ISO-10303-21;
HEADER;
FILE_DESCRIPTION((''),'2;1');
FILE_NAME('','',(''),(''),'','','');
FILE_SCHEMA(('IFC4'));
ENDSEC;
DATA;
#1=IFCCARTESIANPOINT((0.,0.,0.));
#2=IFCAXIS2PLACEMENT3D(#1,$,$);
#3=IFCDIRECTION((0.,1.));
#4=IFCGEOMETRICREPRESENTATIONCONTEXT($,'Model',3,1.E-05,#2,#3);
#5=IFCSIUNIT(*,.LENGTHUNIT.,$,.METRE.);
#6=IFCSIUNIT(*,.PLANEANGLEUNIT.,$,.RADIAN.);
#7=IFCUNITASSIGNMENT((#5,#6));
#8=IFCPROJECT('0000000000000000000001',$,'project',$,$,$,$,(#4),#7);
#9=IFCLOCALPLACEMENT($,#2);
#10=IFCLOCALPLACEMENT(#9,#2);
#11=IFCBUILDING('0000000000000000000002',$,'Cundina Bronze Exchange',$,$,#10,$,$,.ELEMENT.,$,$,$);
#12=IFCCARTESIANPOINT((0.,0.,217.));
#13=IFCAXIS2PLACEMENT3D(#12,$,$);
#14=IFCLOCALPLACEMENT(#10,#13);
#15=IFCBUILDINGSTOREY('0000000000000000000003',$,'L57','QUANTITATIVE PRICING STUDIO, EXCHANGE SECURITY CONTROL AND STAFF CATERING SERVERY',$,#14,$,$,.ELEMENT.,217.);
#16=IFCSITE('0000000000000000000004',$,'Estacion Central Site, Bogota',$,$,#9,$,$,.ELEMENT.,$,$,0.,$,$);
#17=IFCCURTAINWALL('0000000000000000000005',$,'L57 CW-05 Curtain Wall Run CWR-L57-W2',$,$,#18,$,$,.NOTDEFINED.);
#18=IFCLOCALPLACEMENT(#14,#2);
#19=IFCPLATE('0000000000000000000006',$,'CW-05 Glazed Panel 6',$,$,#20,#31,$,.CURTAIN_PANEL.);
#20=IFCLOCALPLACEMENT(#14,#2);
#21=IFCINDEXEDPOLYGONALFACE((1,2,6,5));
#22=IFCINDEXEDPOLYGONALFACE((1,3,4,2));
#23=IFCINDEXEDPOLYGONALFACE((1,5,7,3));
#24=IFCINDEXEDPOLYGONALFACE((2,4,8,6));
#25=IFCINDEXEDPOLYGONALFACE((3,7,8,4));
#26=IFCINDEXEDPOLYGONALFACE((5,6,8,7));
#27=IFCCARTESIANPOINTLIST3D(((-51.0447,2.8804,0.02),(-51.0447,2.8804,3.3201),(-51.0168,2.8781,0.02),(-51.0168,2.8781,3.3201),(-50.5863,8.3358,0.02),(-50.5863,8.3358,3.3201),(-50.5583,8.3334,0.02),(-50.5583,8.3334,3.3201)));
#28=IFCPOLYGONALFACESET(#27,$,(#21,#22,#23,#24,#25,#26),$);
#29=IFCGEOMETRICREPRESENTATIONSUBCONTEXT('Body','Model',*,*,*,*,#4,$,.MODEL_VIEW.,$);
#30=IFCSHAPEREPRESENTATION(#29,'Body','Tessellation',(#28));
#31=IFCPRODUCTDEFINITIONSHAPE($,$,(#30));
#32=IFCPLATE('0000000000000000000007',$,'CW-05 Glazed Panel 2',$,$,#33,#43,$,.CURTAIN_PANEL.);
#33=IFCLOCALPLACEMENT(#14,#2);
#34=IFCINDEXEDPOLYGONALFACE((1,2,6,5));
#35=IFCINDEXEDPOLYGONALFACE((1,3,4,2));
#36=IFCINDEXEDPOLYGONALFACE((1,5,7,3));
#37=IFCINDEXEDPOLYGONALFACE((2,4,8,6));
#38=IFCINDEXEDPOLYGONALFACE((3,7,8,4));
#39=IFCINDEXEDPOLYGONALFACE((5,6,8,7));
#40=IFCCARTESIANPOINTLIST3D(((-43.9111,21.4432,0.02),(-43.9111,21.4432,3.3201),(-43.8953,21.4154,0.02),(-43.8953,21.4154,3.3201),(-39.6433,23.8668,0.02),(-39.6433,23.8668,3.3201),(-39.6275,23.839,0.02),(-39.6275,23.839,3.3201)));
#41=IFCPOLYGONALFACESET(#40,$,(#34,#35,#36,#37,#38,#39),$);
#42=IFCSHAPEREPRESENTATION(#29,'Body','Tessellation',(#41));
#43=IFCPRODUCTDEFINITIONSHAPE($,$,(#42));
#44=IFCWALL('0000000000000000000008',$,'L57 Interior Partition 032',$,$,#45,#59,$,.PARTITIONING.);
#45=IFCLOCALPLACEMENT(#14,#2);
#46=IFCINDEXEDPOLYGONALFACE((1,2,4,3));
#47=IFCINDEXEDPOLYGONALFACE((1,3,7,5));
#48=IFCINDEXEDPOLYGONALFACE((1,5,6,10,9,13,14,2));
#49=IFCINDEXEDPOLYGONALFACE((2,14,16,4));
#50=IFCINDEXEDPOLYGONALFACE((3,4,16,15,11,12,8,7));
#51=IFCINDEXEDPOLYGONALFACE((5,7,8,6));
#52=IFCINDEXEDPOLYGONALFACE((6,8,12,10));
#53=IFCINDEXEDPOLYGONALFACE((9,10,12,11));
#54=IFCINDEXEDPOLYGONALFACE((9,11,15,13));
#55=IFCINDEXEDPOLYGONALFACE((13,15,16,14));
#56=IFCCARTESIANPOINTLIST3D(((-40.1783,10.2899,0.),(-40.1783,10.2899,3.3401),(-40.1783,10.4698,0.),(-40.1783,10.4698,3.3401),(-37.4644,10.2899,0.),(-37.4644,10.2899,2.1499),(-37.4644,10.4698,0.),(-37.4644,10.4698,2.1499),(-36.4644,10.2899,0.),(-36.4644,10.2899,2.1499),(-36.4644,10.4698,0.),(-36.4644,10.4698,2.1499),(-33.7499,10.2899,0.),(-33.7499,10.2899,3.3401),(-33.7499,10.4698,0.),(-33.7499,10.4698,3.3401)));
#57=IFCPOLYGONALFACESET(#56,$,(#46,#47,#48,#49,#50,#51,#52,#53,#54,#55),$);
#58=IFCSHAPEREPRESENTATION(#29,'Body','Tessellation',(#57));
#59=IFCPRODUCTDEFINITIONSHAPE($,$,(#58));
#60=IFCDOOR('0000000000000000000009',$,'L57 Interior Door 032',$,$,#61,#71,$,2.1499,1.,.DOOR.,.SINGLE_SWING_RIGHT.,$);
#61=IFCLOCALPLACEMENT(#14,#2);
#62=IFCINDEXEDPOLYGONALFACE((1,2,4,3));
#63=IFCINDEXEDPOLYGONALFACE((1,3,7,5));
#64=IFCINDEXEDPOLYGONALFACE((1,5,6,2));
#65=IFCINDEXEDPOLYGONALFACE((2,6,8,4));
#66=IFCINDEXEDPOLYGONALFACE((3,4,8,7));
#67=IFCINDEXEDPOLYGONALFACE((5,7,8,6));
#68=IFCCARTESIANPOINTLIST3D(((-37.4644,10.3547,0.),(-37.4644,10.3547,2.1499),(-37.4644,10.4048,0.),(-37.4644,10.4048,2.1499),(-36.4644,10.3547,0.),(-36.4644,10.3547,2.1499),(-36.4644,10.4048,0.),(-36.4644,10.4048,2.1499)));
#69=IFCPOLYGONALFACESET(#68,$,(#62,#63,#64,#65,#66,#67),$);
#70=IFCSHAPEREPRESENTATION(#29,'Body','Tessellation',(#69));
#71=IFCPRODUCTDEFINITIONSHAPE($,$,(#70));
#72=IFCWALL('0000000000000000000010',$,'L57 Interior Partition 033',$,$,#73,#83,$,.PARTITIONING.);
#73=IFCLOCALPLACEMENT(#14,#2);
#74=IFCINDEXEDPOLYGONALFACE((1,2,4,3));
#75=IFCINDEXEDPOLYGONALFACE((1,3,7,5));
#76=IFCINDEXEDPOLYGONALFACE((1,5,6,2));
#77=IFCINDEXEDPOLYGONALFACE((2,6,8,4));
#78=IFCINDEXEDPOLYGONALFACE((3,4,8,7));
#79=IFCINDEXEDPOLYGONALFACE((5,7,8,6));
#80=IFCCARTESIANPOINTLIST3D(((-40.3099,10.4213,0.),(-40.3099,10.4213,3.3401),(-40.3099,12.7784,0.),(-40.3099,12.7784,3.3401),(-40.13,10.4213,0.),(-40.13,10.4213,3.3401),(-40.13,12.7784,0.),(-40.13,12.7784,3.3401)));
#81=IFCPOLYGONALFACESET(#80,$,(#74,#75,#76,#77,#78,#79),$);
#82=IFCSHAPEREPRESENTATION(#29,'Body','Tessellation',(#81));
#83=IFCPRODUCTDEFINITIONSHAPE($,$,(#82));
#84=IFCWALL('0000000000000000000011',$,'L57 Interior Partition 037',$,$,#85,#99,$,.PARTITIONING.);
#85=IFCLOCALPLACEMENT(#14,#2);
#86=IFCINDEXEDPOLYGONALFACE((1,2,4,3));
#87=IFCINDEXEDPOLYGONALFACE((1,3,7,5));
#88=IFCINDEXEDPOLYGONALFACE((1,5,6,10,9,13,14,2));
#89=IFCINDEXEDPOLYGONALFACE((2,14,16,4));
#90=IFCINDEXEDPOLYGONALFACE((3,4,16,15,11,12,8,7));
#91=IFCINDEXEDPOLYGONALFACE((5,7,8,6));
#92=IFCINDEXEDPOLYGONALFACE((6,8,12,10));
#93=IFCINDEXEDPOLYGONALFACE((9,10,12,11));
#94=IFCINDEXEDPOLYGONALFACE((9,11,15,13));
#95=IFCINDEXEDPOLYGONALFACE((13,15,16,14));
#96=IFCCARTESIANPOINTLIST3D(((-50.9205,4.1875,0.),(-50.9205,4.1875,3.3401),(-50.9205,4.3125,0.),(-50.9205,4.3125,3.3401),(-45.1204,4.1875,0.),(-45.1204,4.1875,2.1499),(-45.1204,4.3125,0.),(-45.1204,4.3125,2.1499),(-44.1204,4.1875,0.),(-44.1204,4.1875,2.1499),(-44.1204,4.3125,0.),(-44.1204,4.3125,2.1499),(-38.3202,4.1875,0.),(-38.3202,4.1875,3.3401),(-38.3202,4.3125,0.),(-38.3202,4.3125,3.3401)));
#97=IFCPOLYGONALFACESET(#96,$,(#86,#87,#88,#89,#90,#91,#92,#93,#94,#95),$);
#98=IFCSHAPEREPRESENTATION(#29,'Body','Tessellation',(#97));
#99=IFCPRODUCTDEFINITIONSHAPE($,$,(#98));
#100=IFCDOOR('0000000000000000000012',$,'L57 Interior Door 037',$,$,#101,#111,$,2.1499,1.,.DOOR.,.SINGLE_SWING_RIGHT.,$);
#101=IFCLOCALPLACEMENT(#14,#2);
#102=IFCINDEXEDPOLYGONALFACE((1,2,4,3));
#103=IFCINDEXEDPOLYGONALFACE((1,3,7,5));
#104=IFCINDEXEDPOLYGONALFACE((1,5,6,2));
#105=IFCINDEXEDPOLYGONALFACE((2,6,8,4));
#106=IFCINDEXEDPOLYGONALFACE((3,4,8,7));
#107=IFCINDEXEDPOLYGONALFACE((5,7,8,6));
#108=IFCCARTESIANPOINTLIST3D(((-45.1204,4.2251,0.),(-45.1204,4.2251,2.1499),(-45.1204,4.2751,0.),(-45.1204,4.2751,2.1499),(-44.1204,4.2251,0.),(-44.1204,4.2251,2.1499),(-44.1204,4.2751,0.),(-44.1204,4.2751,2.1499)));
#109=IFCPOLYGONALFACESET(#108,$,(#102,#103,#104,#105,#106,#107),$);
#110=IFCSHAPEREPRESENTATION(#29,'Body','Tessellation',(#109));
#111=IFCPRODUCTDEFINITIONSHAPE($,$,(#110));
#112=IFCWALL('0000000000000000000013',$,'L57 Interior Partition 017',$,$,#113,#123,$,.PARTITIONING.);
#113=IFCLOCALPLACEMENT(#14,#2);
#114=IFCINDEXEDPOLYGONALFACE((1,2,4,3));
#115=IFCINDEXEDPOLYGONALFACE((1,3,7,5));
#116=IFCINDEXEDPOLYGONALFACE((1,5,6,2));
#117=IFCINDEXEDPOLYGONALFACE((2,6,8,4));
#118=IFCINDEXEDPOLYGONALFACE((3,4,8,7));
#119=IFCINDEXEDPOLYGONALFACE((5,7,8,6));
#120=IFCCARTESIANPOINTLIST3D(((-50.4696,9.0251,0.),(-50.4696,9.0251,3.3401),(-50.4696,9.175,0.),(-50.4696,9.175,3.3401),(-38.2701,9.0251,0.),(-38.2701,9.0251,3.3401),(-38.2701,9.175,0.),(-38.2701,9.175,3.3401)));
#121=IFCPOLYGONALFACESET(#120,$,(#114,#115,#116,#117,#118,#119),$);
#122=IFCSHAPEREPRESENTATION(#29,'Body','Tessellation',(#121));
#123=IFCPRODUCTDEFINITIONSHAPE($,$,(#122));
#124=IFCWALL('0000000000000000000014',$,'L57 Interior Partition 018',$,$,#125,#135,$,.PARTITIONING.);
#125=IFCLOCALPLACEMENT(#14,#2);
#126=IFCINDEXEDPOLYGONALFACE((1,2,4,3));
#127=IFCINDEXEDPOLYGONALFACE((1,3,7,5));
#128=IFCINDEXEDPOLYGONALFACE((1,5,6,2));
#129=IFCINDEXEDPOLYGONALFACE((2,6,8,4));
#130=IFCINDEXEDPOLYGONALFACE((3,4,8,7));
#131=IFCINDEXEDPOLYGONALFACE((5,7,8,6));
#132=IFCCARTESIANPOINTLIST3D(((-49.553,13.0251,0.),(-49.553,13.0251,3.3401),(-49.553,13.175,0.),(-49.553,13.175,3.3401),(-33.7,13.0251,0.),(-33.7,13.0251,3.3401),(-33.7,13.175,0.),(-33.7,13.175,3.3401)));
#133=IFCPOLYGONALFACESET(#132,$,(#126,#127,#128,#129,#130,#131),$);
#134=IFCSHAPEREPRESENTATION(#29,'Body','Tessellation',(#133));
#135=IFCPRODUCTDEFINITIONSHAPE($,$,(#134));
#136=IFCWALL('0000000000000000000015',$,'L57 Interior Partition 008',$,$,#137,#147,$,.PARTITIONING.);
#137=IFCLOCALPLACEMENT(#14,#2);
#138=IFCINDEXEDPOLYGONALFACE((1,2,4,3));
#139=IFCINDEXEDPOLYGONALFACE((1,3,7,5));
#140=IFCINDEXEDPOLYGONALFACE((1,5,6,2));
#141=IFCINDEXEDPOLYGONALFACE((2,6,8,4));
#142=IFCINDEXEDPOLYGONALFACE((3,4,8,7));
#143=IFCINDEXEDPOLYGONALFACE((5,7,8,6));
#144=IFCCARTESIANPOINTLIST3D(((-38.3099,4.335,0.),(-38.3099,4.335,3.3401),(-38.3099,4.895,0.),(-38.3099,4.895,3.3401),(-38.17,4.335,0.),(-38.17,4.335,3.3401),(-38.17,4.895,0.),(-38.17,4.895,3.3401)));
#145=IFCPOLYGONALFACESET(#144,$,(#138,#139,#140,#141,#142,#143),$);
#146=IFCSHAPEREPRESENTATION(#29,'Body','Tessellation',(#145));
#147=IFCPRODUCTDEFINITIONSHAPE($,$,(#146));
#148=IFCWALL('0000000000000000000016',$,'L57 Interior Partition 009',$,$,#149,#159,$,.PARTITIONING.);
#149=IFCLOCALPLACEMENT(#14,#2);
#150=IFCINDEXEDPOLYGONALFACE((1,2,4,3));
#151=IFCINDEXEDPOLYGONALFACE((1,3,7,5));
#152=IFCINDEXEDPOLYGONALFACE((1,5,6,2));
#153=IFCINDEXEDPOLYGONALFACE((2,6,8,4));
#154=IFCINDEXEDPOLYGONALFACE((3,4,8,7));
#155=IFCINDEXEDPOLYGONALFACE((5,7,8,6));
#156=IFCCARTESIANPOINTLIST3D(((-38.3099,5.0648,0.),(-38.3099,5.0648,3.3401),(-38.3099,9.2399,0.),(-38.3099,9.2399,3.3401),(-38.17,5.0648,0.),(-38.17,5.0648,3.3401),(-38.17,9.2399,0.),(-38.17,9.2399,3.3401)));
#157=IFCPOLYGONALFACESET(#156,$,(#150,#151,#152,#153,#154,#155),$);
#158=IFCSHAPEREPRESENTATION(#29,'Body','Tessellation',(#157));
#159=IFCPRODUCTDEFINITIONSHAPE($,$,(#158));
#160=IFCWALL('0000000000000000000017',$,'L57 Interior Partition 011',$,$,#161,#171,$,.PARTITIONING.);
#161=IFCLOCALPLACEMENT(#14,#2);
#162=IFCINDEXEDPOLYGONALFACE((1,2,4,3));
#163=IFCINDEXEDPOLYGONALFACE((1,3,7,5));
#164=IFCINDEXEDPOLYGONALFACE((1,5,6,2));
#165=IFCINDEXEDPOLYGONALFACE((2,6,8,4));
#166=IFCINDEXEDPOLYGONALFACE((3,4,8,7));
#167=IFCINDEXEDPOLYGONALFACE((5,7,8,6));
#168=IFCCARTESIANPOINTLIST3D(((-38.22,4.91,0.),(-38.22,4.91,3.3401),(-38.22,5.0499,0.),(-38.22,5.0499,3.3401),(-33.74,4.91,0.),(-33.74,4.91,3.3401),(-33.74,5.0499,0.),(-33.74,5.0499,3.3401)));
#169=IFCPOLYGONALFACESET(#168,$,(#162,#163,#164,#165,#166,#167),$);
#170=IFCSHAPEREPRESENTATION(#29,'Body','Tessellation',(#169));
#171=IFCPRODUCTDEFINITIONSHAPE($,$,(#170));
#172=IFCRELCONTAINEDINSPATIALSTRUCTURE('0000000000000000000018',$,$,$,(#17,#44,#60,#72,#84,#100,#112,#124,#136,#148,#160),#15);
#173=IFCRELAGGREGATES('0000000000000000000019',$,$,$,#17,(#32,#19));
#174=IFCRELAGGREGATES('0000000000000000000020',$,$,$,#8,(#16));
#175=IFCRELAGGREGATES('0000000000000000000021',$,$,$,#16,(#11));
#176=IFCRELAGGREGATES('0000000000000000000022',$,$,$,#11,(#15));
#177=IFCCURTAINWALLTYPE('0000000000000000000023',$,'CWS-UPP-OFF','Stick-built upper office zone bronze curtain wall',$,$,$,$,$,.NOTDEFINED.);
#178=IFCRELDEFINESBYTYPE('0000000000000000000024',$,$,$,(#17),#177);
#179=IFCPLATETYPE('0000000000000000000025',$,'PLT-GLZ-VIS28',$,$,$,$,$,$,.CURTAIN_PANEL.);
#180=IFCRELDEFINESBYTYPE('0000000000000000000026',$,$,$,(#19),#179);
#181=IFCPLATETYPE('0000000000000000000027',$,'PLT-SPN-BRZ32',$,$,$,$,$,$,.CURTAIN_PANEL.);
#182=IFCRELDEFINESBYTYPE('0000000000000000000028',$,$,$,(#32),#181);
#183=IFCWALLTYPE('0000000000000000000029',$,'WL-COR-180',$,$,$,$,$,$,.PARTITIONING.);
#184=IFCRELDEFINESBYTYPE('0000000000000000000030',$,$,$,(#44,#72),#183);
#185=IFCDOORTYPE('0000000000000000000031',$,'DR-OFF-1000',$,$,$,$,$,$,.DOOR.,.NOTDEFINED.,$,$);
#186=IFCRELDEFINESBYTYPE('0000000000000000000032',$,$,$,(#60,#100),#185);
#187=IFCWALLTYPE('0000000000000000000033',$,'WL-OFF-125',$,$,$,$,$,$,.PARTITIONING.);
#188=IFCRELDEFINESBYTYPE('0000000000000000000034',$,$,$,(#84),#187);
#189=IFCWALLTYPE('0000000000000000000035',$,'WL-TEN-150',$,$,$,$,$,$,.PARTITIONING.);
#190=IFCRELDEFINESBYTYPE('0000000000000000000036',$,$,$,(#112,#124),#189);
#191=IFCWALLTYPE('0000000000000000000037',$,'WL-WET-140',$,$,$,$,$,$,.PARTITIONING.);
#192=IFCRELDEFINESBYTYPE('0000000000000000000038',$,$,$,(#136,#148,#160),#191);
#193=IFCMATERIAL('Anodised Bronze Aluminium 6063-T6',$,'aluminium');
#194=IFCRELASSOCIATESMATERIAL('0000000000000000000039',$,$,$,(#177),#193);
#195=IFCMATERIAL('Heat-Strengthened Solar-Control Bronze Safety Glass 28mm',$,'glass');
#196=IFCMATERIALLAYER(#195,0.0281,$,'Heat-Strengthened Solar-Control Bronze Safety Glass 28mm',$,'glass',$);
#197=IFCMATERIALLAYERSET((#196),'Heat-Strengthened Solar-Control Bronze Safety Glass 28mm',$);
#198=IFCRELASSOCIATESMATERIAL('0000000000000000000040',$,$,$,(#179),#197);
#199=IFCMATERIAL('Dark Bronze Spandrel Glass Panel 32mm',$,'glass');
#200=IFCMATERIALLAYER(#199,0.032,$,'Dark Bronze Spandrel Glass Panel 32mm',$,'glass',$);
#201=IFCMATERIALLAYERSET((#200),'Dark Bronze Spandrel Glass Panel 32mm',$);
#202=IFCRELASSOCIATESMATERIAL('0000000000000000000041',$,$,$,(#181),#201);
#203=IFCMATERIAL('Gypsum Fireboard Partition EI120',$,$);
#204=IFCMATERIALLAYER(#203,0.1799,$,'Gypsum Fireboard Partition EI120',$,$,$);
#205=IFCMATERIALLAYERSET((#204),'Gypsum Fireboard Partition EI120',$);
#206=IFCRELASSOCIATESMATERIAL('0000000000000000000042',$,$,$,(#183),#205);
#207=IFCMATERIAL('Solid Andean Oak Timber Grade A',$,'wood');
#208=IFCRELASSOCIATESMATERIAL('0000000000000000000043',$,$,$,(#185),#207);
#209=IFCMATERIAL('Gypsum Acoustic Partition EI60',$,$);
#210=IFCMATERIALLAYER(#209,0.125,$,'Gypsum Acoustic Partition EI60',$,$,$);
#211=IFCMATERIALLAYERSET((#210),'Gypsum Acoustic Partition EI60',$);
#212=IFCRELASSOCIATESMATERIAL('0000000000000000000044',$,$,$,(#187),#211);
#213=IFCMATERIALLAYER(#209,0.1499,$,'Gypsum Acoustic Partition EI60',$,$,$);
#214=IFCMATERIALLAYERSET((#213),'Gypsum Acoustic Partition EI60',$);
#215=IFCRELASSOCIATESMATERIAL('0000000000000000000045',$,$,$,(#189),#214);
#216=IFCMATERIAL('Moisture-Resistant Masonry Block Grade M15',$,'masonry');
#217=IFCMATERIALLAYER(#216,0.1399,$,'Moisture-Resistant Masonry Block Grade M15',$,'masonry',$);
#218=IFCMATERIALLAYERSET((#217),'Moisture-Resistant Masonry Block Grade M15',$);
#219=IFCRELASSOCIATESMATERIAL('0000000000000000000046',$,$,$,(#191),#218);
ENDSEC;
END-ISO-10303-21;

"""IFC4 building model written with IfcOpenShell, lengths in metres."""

from ifc_helpers import new_model, si_unit, direction, frame, frame_2d, origin, origin_2d, place, context, subcontext, project, spatial, rectangle, extrude, material, layer, layer_set, type_object, element, fill, aggregate, save


model = new_model("IFC4")

# Units and contexts
model_context = context("Model", 3, precision=1e-05, world=origin(), true_north=direction((0.0, 1.0)))
body_context = subcontext(model_context, "Body", "Model", "MODEL_VIEW")
ifc_project = project(units=[si_unit("LENGTHUNIT", "METRE"), si_unit("PLANEANGLEUNIT", "RADIAN")], contexts=[model_context])

# Site, building, storey
site_placement = place(None, origin())
site = spatial("IfcSite", under=ifc_project, at=site_placement, Name="Estacion Central Site, Bogota", CompositionType="ELEMENT", RefElevation=0.0)
building_placement = place(site_placement, origin())
building = spatial("IfcBuilding", under=site, at=building_placement, Name="Cundina Bronze Exchange", CompositionType="ELEMENT")
storey_placement = place(building_placement, frame((0.0, 0.0, 217.0)))
storey = spatial("IfcBuildingStorey", under=building, at=storey_placement, Name="L57", Description="QUANTITATIVE PRICING STUDIO, EXCHANGE SECURITY CONTROL AND STAFF CATERING SERVERY", CompositionType="ELEMENT", Elevation=217.0)

# Curtain wall, plates
ifc_material_1 = material(Name="Anodised Bronze Aluminium 6063-T6", Category="aluminium")
curtain_wall_type = type_object("IfcCurtainWallType", Name="CWS-UPP-OFF", Description="Stick-built upper office zone bronze curtain wall", PredefinedType="NOTDEFINED", material=ifc_material_1)
curtain_wall_placement = place(storey_placement, origin())
curtain_wall = element("IfcCurtainWall", 1, at=curtain_wall_placement, inside=storey, type_object=curtain_wall_type, Name="L57 CW-05 Curtain Wall Run CWR-L57-W2", PredefinedType="NOTDEFINED")
ifc_material_2 = material(Name="Heat-Strengthened Solar-Control Bronze Safety Glass 28mm", Category="glass")
ifc_layer_1 = layer(ifc_material_2, 0.0281, Name="Heat-Strengthened Solar-Control Bronze Safety Glass 28mm", Category="glass")
ifc_layer_set_1 = layer_set([ifc_layer_1], Name="Heat-Strengthened Solar-Control Bronze Safety Glass 28mm")
plate_type_1 = type_object("IfcPlateType", Name="PLT-GLZ-VIS28", PredefinedType="CURTAIN_PANEL", material=ifc_layer_set_1)
plate_1_placement = place(storey_placement, frame((-50.8015, 5.6069, 0.02), z_axis=(0.0, 0.0, 1.0), x_axis=(-0.083747, -0.996487, 0.0)))
plate_1 = element("IfcPlate", 2, at=plate_1_placement, type_object=plate_type_1, Name="CW-05 Glazed Panel 6", PredefinedType="CURTAIN_PANEL", context=body_context, shape_type="SweptSolid", body=[
    extrude(rectangle(XDim=5.4746, YDim=0.0281, at=origin_2d()), origin(), (0.0, 0.0, 1.0), 3.3),
])
ifc_material_3 = material(Name="Dark Bronze Spandrel Glass Panel 32mm", Category="glass")
ifc_layer_2 = layer(ifc_material_3, 0.032, Name="Dark Bronze Spandrel Glass Panel 32mm", Category="glass")
ifc_layer_set_2 = layer_set([ifc_layer_2], Name="Dark Bronze Spandrel Glass Panel 32mm")
plate_type_2 = type_object("IfcPlateType", Name="PLT-SPN-BRZ32", PredefinedType="CURTAIN_PANEL", material=ifc_layer_set_2)
plate_2_placement = place(storey_placement, frame((-41.7693, 22.6411, 0.02), z_axis=(0.0, 0.0, 1.0), x_axis=(-0.869573, -0.493805, 0.0)))
plate_2 = element("IfcPlate", 3, at=plate_2_placement, type_object=plate_type_2, Name="CW-05 Glazed Panel 2", PredefinedType="CURTAIN_PANEL", context=body_context, shape_type="SweptSolid", body=[
    extrude(rectangle(XDim=4.908, YDim=0.032, at=origin_2d()), origin(), (0.0, 0.0, 1.0), 3.3),
])
aggregate(curtain_wall, [plate_2, plate_1])

# Wall, opening, door
ifc_material_4 = material(Name="Gypsum Fireboard Partition EI120")
ifc_layer_3 = layer(ifc_material_4, 0.1799, Name="Gypsum Fireboard Partition EI120")
ifc_layer_set_3 = layer_set([ifc_layer_3], Name="Gypsum Fireboard Partition EI120")
wall_type_1 = type_object("IfcWallType", Name="WL-COR-180", PredefinedType="PARTITIONING", material=ifc_layer_set_3)
wall_1_placement = place(storey_placement, frame((-40.1785, 10.3799, 0.0), z_axis=(0.0, 0.0, 1.0), x_axis=(1.0, 0.0, 0.0)))
wall_1 = element("IfcWall", 4, at=wall_1_placement, inside=storey, type_object=wall_type_1, Name="L57 Interior Partition 032", PredefinedType="PARTITIONING", context=body_context, shape_type="SweptSolid", body=[
    extrude(rectangle(XDim=6.4285, YDim=0.1799, at=frame_2d((3.2144, 0.0))), origin(), (0.0, 0.0, 1.0), 3.3401),
])
opening_1_placement = place(wall_1_placement, frame((2.7141, 0.0, 0.0)))
opening_1 = element("IfcOpeningElement", 5, at=opening_1_placement, cuts=wall_1, PredefinedType="OPENING", context=body_context, shape_type="SweptSolid", body=[
    extrude(rectangle(XDim=1.0, YDim=2.1499, at=frame_2d((0.5, 1.075))), frame((0.0, 0.0999, 0.0), z_axis=(0.0, -1.0, 0.0), x_axis=(1.0, 0.0, 0.0)), (0.0, 0.0, 1.0), 0.2),
])
ifc_material_5 = material(Name="Solid Andean Oak Timber Grade A", Category="wood")
door_type = type_object("IfcDoorType", Name="DR-OFF-1000", OperationType="NOTDEFINED", PredefinedType="DOOR", material=ifc_material_5)
door_1_placement = place(opening_1_placement, origin())
door_1 = element("IfcDoor", 6, at=door_1_placement, inside=storey, type_object=door_type, Name="L57 Interior Door 032", OperationType="SINGLE_SWING_RIGHT", OverallHeight=2.1499, OverallWidth=1.0, PredefinedType="DOOR", context=body_context, shape_type="SweptSolid", body=[
    extrude(rectangle(XDim=1.0, YDim=2.1499, at=frame_2d((0.5, 1.075))), frame((0.0, 0.0249, 0.0), z_axis=(0.0, -1.0, 0.0), x_axis=(1.0, 0.0, 0.0)), (0.0, 0.0, 1.0), 0.05),
])
fill(opening_1, door_1)

# Wall
wall_2_placement = place(storey_placement, frame((-40.22, 12.7786, 0.0), z_axis=(0.0, 0.0, 1.0), x_axis=(0.0, -1.0, 0.0)))
element("IfcWall", 7, at=wall_2_placement, inside=storey, type_object=wall_type_1, Name="L57 Interior Partition 033", PredefinedType="PARTITIONING", context=body_context, shape_type="SweptSolid", body=[
    extrude(rectangle(XDim=2.3572, YDim=0.1799, at=frame_2d((1.1787, 0.0))), origin(), (0.0, 0.0, 1.0), 3.3401),
])

# Wall, opening, door
ifc_material_6 = material(Name="Gypsum Acoustic Partition EI60")
ifc_layer_4 = layer(ifc_material_6, 0.125, Name="Gypsum Acoustic Partition EI60")
ifc_layer_set_4 = layer_set([ifc_layer_4], Name="Gypsum Acoustic Partition EI60")
wall_type_2 = type_object("IfcWallType", Name="WL-OFF-125", PredefinedType="PARTITIONING", material=ifc_layer_set_4)
wall_3_placement = place(storey_placement, frame((-38.3201, 4.25, 0.0), z_axis=(0.0, 0.0, 1.0), x_axis=(-1.0, 0.0, 0.0)))
wall_3 = element("IfcWall", 8, at=wall_3_placement, inside=storey, type_object=wall_type_2, Name="L57 Interior Partition 037", PredefinedType="PARTITIONING", context=body_context, shape_type="SweptSolid", body=[
    extrude(rectangle(XDim=12.6003, YDim=0.125, at=frame_2d((6.3003, 0.0))), origin(), (0.0, 0.0, 1.0), 3.3401),
])
opening_2_placement = place(wall_3_placement, frame((5.8003, 0.0, 0.0)))
opening_2 = element("IfcOpeningElement", 9, at=opening_2_placement, cuts=wall_3, PredefinedType="OPENING", context=body_context, shape_type="SweptSolid", body=[
    extrude(rectangle(XDim=1.0, YDim=2.1499, at=frame_2d((0.5, 1.075))), frame((0.0, 0.0725, 0.0), z_axis=(0.0, -1.0, 0.0), x_axis=(1.0, 0.0, 0.0)), (0.0, 0.0, 1.0), 0.145),
])
door_2_placement = place(opening_2_placement, origin())
door_2 = element("IfcDoor", 10, at=door_2_placement, inside=storey, type_object=door_type, Name="L57 Interior Door 037", OperationType="SINGLE_SWING_RIGHT", OverallHeight=2.1499, OverallWidth=1.0, PredefinedType="DOOR", context=body_context, shape_type="SweptSolid", body=[
    extrude(rectangle(XDim=1.0, YDim=2.1499, at=frame_2d((0.5, 1.075))), frame((0.0, 0.0249, 0.0), z_axis=(0.0, -1.0, 0.0), x_axis=(1.0, 0.0, 0.0)), (0.0, 0.0, 1.0), 0.05),
])
fill(opening_2, door_2)

# Walls
ifc_layer_5 = layer(ifc_material_6, 0.1499, Name="Gypsum Acoustic Partition EI60")
ifc_layer_set_5 = layer_set([ifc_layer_5], Name="Gypsum Acoustic Partition EI60")
wall_type_3 = type_object("IfcWallType", Name="WL-TEN-150", PredefinedType="PARTITIONING", material=ifc_layer_set_5)
wall_4_placement = place(storey_placement, frame((-50.4695, 9.1001, 0.0), z_axis=(0.0, 0.0, 1.0), x_axis=(1.0, 0.0, 0.0)))
element("IfcWall", 11, at=wall_4_placement, inside=storey, type_object=wall_type_3, Name="L57 Interior Partition 017", PredefinedType="PARTITIONING", context=body_context, shape_type="SweptSolid", body=[
    extrude(rectangle(XDim=12.1995, YDim=0.1499, at=frame_2d((6.0996, 0.0))), origin(), (0.0, 0.0, 1.0), 3.3401),
])
wall_5_placement = place(storey_placement, frame((-49.553, 13.1001, 0.0), z_axis=(0.0, 0.0, 1.0), x_axis=(1.0, 0.0, 0.0)))
element("IfcWall", 12, at=wall_5_placement, inside=storey, type_object=wall_type_3, Name="L57 Interior Partition 018", PredefinedType="PARTITIONING", context=body_context, shape_type="SweptSolid", body=[
    extrude(rectangle(XDim=15.853, YDim=0.1499, at=frame_2d((7.9265, 0.0))), origin(), (0.0, 0.0, 1.0), 3.3401),
])
ifc_material_7 = material(Name="Moisture-Resistant Masonry Block Grade M15", Category="masonry")
ifc_layer_6 = layer(ifc_material_7, 0.1399, Name="Moisture-Resistant Masonry Block Grade M15", Category="masonry")
ifc_layer_set_6 = layer_set([ifc_layer_6], Name="Moisture-Resistant Masonry Block Grade M15")
wall_type_4 = type_object("IfcWallType", Name="WL-WET-140", PredefinedType="PARTITIONING", material=ifc_layer_set_6)
wall_6_placement = place(storey_placement, frame((-38.24, 4.335, 0.0), z_axis=(0.0, 0.0, 1.0), x_axis=(0.0, 1.0, 0.0)))
element("IfcWall", 13, at=wall_6_placement, inside=storey, type_object=wall_type_4, Name="L57 Interior Partition 008", PredefinedType="PARTITIONING", context=body_context, shape_type="SweptSolid", body=[
    extrude(rectangle(XDim=0.5601, YDim=0.1399, at=frame_2d((0.28, 0.0))), origin(), (0.0, 0.0, 1.0), 3.3401),
])
wall_7_placement = place(storey_placement, frame((-38.24, 5.0649, 0.0), z_axis=(0.0, 0.0, 1.0), x_axis=(0.0, 1.0, 0.0)))
element("IfcWall", 14, at=wall_7_placement, inside=storey, type_object=wall_type_4, Name="L57 Interior Partition 009", PredefinedType="PARTITIONING", context=body_context, shape_type="SweptSolid", body=[
    extrude(rectangle(XDim=4.175, YDim=0.1399, at=frame_2d((2.0874, 0.0))), origin(), (0.0, 0.0, 1.0), 3.3401),
])
for number, where, z_axis, x_axis, name in (
    (15, (-38.22, 4.98, 0.0), (0.0, 0.0, 1.0), (1.0, 0.0, 0.0), "L57 Interior Partition 011"),
):
    element("IfcWall", number, at=place(storey_placement, frame(where, z_axis=z_axis, x_axis=x_axis)), inside=storey, type_object=wall_type_4, Name=name, PredefinedType="PARTITIONING", context=body_context, shape_type="SweptSolid", body=[
        extrude(rectangle(XDim=4.48, YDim=0.1399, at=frame_2d((2.24, 0.0))), origin(), (0.0, 0.0, 1.0), 3.3401),
    ])

save(model, "model.ifc")
